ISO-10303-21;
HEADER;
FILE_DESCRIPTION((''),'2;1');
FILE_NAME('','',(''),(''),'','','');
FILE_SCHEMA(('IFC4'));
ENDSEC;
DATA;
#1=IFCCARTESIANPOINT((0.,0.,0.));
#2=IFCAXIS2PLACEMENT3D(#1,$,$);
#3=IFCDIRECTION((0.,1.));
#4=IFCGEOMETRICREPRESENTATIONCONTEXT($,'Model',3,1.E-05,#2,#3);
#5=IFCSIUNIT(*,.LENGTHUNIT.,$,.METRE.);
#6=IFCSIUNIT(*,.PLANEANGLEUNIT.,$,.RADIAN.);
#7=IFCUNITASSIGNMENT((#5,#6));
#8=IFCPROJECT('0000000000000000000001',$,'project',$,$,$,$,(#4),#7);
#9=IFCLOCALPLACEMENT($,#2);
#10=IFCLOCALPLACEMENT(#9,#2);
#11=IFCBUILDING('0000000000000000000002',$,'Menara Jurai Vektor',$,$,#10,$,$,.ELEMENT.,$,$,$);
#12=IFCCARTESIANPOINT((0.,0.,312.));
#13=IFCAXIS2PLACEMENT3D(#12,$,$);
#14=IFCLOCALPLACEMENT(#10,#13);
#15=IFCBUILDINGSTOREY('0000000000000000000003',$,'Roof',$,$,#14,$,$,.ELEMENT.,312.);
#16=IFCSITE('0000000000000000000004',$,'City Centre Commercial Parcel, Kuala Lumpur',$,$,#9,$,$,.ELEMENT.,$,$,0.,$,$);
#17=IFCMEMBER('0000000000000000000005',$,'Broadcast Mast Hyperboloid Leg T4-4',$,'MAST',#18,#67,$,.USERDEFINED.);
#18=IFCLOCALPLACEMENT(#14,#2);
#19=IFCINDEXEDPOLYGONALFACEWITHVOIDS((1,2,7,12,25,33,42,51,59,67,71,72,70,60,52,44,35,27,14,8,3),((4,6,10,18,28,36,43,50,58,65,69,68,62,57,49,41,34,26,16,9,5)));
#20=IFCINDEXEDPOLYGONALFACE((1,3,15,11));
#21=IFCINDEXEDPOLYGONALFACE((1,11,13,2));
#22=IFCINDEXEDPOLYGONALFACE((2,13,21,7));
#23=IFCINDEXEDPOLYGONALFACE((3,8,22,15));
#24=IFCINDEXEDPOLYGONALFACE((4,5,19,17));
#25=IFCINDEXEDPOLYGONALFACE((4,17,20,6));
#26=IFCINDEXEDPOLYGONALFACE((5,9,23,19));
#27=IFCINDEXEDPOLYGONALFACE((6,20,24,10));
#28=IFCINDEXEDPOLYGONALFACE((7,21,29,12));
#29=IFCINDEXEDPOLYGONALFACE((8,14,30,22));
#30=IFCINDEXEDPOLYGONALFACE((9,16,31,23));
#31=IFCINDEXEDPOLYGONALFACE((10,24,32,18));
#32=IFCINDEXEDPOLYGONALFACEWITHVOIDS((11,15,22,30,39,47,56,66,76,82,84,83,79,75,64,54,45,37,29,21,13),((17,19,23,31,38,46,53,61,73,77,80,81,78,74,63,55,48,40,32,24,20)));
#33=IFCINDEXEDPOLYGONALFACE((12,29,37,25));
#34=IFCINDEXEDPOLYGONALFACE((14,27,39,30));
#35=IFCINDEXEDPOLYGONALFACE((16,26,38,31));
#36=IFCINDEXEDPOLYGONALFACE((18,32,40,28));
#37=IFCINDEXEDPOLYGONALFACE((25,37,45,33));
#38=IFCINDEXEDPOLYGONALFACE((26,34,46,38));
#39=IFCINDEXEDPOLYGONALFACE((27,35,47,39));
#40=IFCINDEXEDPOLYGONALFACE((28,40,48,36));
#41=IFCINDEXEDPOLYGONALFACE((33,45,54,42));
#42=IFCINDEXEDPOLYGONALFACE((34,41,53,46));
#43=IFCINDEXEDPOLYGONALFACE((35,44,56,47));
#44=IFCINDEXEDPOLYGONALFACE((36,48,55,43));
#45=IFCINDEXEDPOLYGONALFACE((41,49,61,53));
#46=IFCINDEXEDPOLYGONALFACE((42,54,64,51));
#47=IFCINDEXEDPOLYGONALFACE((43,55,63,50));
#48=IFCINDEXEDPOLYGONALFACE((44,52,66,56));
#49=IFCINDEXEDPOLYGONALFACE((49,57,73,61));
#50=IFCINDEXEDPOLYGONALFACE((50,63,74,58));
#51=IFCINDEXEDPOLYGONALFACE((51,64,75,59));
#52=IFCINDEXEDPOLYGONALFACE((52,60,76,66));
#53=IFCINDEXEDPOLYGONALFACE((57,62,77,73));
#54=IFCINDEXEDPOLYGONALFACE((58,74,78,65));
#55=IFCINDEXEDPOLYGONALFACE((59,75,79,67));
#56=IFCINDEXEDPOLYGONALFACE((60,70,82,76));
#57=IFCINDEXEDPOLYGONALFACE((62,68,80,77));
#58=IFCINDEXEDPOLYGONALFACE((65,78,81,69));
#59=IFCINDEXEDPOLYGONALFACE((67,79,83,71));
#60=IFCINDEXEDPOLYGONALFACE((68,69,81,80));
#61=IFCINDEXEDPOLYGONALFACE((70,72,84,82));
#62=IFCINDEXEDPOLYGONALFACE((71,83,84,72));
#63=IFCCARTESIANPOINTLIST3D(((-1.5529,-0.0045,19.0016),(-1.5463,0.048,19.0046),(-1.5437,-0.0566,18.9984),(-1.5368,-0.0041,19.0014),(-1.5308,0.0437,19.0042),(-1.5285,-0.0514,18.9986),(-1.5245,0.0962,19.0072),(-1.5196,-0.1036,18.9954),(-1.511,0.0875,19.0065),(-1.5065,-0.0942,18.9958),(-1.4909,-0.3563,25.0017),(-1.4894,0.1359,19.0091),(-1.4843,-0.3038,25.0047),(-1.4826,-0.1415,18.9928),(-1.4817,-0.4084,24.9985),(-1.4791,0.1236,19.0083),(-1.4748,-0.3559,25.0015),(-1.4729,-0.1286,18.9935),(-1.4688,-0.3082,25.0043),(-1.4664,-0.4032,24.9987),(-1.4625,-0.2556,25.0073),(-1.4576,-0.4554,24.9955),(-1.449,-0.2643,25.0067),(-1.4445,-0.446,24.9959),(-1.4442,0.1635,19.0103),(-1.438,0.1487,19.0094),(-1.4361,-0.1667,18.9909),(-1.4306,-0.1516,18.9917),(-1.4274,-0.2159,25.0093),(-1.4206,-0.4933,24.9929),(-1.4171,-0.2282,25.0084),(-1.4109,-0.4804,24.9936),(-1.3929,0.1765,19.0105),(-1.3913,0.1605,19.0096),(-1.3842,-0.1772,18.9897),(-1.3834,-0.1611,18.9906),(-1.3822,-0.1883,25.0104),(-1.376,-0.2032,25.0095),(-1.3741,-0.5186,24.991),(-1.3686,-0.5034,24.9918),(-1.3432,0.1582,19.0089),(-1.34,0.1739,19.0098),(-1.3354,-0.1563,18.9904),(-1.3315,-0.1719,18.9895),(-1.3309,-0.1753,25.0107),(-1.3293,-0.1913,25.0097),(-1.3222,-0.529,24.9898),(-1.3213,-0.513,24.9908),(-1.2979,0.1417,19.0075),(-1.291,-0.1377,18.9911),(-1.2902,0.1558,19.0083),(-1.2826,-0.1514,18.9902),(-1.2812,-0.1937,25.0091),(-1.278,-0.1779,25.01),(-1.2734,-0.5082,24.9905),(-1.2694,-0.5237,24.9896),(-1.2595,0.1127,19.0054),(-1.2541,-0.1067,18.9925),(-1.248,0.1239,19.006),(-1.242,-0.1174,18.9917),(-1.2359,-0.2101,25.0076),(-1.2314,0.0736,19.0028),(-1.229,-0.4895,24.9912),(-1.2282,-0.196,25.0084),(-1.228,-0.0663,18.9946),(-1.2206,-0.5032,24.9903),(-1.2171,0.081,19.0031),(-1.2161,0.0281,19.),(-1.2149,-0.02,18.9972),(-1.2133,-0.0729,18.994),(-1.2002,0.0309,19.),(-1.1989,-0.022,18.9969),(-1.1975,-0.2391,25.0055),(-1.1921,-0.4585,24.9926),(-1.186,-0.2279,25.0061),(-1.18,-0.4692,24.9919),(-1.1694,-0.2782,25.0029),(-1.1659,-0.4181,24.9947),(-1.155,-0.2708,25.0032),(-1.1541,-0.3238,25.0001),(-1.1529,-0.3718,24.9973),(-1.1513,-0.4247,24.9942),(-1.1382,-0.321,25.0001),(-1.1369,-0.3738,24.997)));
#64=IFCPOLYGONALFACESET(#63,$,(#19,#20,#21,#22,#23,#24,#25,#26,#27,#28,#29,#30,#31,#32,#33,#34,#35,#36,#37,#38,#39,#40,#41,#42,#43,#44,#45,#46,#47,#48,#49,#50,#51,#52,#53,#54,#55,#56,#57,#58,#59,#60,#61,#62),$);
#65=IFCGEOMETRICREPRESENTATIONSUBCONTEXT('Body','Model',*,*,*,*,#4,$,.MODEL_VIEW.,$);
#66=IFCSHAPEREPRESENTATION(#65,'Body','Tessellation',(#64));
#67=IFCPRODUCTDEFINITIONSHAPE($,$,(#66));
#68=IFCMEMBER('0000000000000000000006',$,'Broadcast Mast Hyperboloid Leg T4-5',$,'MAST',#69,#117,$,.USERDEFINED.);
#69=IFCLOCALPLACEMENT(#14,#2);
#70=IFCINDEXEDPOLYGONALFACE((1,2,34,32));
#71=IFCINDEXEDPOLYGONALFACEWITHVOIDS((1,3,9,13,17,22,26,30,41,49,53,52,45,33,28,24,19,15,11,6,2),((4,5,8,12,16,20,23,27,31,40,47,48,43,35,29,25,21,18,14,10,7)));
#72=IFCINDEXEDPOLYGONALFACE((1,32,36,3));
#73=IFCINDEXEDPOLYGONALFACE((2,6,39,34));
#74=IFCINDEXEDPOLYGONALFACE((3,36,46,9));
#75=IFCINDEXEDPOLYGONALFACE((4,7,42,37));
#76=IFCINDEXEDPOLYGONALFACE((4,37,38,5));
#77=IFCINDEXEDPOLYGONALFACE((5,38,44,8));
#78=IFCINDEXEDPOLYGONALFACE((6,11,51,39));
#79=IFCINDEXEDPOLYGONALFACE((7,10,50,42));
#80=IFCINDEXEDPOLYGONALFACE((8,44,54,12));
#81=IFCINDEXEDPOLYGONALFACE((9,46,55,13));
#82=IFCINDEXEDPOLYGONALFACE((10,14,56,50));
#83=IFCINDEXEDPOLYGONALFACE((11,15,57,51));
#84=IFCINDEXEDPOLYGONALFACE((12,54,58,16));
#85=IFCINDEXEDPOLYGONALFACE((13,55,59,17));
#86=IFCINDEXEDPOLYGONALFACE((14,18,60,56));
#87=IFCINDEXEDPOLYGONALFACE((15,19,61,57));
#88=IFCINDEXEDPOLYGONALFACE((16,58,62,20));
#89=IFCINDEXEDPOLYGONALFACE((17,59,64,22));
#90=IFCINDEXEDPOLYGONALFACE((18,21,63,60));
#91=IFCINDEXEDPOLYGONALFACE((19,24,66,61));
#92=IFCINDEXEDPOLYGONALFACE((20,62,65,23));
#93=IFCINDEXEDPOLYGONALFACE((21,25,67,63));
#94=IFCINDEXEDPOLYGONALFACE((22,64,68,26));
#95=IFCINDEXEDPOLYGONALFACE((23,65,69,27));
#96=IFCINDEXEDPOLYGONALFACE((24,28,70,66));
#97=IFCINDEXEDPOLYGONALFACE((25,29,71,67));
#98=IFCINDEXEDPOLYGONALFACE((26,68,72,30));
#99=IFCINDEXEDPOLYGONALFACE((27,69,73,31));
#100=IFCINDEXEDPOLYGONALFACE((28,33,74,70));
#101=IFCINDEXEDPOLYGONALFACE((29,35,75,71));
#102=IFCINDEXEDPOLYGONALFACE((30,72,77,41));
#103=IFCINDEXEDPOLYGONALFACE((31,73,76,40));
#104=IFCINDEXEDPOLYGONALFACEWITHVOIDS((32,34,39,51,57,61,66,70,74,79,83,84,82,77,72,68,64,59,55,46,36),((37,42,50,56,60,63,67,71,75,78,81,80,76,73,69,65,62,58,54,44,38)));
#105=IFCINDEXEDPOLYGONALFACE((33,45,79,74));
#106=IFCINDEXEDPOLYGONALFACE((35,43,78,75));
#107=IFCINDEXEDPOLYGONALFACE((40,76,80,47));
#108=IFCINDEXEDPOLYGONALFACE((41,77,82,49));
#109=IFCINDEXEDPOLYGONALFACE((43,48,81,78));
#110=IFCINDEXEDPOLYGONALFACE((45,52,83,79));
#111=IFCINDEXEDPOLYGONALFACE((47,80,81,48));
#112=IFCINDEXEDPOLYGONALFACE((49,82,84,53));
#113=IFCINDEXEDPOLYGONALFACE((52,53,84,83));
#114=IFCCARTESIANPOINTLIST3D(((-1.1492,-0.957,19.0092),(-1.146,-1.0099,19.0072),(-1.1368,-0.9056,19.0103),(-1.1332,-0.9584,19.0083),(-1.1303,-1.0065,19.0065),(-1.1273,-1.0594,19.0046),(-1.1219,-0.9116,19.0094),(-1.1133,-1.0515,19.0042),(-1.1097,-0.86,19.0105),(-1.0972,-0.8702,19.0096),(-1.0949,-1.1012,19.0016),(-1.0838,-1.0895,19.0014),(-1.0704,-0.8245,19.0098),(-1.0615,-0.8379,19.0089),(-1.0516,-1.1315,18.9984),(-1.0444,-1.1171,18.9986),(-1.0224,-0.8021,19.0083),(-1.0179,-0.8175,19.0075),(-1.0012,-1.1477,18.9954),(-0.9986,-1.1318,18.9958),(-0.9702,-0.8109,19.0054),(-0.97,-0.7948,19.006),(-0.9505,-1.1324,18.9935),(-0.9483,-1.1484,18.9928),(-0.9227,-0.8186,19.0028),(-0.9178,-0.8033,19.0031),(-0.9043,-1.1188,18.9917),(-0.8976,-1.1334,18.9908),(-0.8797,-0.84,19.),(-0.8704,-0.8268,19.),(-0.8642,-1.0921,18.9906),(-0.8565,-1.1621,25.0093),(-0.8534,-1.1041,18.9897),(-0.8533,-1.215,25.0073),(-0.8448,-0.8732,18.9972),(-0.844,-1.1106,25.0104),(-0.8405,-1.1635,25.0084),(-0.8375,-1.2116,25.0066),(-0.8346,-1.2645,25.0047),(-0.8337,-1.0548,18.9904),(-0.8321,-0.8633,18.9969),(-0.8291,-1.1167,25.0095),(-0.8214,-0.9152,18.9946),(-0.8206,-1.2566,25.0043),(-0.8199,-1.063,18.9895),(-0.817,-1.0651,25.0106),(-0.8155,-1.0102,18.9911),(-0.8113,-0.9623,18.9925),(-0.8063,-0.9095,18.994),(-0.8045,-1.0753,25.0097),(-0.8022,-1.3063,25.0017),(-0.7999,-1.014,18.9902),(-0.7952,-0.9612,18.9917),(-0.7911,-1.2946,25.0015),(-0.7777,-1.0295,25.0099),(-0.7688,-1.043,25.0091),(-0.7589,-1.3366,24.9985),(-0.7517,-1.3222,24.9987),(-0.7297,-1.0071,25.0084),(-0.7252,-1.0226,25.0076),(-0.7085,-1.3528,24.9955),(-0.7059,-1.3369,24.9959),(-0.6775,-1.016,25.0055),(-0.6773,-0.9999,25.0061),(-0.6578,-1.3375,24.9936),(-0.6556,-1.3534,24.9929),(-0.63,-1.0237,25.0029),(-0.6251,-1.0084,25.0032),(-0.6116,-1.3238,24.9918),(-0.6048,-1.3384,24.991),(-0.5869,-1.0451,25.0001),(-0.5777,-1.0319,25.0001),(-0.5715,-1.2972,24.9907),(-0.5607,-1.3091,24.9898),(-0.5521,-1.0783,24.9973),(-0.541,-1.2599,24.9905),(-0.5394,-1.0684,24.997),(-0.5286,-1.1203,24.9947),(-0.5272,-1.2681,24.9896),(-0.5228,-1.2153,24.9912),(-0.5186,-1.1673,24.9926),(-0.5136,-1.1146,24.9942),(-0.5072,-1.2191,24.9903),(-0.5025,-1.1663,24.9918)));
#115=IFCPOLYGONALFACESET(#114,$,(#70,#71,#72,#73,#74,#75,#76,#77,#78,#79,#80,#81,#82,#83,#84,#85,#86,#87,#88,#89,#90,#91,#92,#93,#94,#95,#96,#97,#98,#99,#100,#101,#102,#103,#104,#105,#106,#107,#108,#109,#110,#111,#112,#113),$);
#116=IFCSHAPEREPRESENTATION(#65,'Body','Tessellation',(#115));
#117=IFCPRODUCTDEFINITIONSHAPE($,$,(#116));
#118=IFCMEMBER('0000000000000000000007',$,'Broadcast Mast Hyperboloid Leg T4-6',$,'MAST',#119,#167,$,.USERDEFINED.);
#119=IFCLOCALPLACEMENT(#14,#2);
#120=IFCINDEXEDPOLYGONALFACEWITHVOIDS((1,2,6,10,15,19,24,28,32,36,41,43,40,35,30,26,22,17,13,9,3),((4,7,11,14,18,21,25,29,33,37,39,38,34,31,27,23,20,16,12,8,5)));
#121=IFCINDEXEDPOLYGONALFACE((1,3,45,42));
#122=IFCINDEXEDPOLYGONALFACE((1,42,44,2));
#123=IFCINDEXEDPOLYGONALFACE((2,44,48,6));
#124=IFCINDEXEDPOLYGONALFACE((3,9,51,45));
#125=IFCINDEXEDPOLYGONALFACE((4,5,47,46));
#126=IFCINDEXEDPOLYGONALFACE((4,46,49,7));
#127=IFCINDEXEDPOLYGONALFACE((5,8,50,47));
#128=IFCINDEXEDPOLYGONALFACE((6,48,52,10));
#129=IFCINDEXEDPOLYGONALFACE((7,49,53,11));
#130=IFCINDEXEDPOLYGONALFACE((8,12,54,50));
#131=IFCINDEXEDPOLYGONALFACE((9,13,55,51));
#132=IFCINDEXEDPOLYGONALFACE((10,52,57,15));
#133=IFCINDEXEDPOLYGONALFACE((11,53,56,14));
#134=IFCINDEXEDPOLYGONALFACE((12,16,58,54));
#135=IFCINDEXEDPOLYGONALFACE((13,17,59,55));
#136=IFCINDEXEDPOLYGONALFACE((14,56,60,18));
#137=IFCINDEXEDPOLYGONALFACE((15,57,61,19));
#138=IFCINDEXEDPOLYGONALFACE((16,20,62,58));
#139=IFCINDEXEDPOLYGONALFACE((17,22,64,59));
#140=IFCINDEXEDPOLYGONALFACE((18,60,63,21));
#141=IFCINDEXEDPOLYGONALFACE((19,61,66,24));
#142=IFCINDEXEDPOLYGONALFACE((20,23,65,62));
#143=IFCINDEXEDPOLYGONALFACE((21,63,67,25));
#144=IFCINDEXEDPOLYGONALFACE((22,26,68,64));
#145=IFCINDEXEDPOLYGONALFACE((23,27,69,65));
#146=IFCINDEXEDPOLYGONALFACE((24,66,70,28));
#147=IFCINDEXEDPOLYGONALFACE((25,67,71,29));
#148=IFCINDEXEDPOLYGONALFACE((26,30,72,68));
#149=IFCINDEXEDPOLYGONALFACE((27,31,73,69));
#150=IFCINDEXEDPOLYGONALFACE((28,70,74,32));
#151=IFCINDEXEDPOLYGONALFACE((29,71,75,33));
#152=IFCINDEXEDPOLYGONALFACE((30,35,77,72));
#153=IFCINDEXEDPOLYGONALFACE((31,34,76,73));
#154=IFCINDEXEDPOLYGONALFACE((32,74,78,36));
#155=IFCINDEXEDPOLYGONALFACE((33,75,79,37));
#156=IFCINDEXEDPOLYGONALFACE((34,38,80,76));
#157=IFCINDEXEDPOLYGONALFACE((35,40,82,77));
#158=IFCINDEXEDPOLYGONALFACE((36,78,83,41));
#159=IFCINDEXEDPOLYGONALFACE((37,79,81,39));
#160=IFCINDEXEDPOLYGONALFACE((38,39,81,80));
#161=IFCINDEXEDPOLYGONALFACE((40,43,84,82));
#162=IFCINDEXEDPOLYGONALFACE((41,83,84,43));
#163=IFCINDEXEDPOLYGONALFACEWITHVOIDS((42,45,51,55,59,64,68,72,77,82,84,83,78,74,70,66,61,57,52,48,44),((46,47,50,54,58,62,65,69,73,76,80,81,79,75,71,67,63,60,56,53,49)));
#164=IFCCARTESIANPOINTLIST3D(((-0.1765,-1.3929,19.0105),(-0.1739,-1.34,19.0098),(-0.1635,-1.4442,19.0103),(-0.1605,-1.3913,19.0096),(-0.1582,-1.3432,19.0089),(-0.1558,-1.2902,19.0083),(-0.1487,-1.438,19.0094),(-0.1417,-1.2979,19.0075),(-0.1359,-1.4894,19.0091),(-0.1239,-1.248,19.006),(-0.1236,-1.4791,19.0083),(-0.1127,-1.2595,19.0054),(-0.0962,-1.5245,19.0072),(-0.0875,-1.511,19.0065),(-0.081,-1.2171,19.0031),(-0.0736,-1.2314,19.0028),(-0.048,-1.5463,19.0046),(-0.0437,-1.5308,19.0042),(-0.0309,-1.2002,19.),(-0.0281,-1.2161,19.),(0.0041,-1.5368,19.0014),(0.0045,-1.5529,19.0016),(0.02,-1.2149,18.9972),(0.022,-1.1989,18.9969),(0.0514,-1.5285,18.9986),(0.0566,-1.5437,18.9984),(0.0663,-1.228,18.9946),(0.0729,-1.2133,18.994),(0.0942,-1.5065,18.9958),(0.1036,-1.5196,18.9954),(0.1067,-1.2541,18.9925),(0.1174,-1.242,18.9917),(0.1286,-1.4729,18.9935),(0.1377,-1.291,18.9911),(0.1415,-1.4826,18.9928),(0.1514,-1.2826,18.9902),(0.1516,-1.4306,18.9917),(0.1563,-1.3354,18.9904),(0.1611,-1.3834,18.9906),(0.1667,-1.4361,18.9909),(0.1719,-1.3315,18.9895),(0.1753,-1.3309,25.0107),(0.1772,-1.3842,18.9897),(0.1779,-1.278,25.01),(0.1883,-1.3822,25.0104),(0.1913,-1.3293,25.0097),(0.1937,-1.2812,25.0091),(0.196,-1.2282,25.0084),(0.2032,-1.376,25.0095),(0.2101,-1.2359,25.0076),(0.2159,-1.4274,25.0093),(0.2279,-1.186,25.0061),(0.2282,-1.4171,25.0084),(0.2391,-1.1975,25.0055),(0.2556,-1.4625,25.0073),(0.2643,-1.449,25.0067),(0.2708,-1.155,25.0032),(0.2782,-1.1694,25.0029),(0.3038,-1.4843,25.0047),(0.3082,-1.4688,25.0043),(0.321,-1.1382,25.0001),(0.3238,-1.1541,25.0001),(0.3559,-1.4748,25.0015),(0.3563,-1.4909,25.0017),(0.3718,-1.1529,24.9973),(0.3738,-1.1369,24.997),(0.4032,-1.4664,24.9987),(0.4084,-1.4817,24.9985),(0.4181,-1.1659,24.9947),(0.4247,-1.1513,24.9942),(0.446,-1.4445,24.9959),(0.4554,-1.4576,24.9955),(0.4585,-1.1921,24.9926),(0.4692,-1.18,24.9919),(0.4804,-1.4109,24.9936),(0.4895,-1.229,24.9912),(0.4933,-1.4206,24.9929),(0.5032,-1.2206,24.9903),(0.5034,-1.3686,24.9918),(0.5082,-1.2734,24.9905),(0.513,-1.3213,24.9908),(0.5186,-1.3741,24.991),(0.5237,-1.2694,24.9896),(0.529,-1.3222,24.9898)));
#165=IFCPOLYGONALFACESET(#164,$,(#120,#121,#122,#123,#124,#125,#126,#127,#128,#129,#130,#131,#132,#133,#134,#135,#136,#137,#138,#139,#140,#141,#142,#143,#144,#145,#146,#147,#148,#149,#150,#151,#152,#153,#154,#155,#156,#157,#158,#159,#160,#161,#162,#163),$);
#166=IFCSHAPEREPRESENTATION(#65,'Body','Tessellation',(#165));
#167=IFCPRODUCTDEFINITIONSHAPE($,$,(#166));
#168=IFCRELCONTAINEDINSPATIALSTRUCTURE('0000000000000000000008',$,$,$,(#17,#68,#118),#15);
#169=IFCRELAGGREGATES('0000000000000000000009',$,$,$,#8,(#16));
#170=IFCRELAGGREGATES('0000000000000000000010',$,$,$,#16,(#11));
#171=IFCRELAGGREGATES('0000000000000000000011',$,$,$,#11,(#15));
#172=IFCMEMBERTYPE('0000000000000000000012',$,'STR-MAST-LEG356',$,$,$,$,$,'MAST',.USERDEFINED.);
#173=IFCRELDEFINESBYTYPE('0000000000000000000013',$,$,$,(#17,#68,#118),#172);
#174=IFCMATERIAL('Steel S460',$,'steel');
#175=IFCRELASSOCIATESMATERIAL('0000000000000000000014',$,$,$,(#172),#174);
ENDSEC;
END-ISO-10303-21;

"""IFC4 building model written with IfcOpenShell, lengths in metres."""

from ifc_helpers import new_model, si_unit, direction, frame, origin, origin_2d, place, context, subcontext, project, spatial, hollow_circle, extrude, material, material_profile, profile_set, type_object, element, save


model = new_model("IFC4")

# Units and contexts
model_context = context("Model", 3, precision=1e-05, world=origin(), true_north=direction((0.0, 1.0)))
body_context = subcontext(model_context, "Body", "Model", "MODEL_VIEW")
ifc_project = project(units=[si_unit("LENGTHUNIT", "METRE"), si_unit("PLANEANGLEUNIT", "RADIAN")], contexts=[model_context])

# Site, building, storey
site_placement = place(None, origin())
site = spatial("IfcSite", under=ifc_project, at=site_placement, Name="City Centre Commercial Parcel, Kuala Lumpur", CompositionType="ELEMENT", RefElevation=0.0)
building_placement = place(site_placement, origin())
building = spatial("IfcBuilding", under=site, at=building_placement, Name="Menara Jurai Vektor", CompositionType="ELEMENT")
storey_placement = place(building_placement, frame((0.0, 0.0, 312.0)))
storey = spatial("IfcBuildingStorey", under=building, at=storey_placement, Name="Roof", CompositionType="ELEMENT", Elevation=312.0)

# Members
ifc_material = material(Name="Steel S460", Category="steel")
ifc_material_profile_1 = material_profile(ifc_material, hollow_circle(Radius=0.1777, WallThickness=0.0161, at=origin_2d()), Name="CHS 355.6x16")
ifc_profile_set_1 = profile_set([ifc_material_profile_1], Name="Steel S460")
member_type_1 = type_object("IfcMemberType", Name="STR-MAST-LEG356", ElementType="MAST", PredefinedType="USERDEFINED", material=ifc_profile_set_1)
for number, where, z_axis, x_axis, name in (
    (1, (-1.3752, 0.0, 19.0), (0.010317, -0.058531, 0.998232), (0.984818, 0.17359, 0.0), "Broadcast Mast Hyperboloid Leg T4-4"),
    (2, (-0.9724, -0.9724, 19.0), (0.048701, -0.034119, 0.99823), (0.573783, 0.819007, 0.0), "Broadcast Mast Hyperboloid Leg T4-5"),
    (3, (0.0, -1.3752, 19.0), (0.058531, 0.010317, 0.998232), (-0.17359, 0.984818, 0.0), "Broadcast Mast Hyperboloid Leg T4-6"),
):
    element("IfcMember", number, at=place(storey_placement, frame(where, z_axis=z_axis, x_axis=x_axis)), inside=storey, type_object=member_type_1, Name=name, ObjectType="MAST", PredefinedType="USERDEFINED", context=body_context, shape_type="SweptSolid", body=[
        extrude(hollow_circle(Radius=0.1777, WallThickness=0.0161, at=origin_2d()), origin(), (0.0, 0.0, 1.0), 6.0107),
    ])

save(model, "model.ifc")
